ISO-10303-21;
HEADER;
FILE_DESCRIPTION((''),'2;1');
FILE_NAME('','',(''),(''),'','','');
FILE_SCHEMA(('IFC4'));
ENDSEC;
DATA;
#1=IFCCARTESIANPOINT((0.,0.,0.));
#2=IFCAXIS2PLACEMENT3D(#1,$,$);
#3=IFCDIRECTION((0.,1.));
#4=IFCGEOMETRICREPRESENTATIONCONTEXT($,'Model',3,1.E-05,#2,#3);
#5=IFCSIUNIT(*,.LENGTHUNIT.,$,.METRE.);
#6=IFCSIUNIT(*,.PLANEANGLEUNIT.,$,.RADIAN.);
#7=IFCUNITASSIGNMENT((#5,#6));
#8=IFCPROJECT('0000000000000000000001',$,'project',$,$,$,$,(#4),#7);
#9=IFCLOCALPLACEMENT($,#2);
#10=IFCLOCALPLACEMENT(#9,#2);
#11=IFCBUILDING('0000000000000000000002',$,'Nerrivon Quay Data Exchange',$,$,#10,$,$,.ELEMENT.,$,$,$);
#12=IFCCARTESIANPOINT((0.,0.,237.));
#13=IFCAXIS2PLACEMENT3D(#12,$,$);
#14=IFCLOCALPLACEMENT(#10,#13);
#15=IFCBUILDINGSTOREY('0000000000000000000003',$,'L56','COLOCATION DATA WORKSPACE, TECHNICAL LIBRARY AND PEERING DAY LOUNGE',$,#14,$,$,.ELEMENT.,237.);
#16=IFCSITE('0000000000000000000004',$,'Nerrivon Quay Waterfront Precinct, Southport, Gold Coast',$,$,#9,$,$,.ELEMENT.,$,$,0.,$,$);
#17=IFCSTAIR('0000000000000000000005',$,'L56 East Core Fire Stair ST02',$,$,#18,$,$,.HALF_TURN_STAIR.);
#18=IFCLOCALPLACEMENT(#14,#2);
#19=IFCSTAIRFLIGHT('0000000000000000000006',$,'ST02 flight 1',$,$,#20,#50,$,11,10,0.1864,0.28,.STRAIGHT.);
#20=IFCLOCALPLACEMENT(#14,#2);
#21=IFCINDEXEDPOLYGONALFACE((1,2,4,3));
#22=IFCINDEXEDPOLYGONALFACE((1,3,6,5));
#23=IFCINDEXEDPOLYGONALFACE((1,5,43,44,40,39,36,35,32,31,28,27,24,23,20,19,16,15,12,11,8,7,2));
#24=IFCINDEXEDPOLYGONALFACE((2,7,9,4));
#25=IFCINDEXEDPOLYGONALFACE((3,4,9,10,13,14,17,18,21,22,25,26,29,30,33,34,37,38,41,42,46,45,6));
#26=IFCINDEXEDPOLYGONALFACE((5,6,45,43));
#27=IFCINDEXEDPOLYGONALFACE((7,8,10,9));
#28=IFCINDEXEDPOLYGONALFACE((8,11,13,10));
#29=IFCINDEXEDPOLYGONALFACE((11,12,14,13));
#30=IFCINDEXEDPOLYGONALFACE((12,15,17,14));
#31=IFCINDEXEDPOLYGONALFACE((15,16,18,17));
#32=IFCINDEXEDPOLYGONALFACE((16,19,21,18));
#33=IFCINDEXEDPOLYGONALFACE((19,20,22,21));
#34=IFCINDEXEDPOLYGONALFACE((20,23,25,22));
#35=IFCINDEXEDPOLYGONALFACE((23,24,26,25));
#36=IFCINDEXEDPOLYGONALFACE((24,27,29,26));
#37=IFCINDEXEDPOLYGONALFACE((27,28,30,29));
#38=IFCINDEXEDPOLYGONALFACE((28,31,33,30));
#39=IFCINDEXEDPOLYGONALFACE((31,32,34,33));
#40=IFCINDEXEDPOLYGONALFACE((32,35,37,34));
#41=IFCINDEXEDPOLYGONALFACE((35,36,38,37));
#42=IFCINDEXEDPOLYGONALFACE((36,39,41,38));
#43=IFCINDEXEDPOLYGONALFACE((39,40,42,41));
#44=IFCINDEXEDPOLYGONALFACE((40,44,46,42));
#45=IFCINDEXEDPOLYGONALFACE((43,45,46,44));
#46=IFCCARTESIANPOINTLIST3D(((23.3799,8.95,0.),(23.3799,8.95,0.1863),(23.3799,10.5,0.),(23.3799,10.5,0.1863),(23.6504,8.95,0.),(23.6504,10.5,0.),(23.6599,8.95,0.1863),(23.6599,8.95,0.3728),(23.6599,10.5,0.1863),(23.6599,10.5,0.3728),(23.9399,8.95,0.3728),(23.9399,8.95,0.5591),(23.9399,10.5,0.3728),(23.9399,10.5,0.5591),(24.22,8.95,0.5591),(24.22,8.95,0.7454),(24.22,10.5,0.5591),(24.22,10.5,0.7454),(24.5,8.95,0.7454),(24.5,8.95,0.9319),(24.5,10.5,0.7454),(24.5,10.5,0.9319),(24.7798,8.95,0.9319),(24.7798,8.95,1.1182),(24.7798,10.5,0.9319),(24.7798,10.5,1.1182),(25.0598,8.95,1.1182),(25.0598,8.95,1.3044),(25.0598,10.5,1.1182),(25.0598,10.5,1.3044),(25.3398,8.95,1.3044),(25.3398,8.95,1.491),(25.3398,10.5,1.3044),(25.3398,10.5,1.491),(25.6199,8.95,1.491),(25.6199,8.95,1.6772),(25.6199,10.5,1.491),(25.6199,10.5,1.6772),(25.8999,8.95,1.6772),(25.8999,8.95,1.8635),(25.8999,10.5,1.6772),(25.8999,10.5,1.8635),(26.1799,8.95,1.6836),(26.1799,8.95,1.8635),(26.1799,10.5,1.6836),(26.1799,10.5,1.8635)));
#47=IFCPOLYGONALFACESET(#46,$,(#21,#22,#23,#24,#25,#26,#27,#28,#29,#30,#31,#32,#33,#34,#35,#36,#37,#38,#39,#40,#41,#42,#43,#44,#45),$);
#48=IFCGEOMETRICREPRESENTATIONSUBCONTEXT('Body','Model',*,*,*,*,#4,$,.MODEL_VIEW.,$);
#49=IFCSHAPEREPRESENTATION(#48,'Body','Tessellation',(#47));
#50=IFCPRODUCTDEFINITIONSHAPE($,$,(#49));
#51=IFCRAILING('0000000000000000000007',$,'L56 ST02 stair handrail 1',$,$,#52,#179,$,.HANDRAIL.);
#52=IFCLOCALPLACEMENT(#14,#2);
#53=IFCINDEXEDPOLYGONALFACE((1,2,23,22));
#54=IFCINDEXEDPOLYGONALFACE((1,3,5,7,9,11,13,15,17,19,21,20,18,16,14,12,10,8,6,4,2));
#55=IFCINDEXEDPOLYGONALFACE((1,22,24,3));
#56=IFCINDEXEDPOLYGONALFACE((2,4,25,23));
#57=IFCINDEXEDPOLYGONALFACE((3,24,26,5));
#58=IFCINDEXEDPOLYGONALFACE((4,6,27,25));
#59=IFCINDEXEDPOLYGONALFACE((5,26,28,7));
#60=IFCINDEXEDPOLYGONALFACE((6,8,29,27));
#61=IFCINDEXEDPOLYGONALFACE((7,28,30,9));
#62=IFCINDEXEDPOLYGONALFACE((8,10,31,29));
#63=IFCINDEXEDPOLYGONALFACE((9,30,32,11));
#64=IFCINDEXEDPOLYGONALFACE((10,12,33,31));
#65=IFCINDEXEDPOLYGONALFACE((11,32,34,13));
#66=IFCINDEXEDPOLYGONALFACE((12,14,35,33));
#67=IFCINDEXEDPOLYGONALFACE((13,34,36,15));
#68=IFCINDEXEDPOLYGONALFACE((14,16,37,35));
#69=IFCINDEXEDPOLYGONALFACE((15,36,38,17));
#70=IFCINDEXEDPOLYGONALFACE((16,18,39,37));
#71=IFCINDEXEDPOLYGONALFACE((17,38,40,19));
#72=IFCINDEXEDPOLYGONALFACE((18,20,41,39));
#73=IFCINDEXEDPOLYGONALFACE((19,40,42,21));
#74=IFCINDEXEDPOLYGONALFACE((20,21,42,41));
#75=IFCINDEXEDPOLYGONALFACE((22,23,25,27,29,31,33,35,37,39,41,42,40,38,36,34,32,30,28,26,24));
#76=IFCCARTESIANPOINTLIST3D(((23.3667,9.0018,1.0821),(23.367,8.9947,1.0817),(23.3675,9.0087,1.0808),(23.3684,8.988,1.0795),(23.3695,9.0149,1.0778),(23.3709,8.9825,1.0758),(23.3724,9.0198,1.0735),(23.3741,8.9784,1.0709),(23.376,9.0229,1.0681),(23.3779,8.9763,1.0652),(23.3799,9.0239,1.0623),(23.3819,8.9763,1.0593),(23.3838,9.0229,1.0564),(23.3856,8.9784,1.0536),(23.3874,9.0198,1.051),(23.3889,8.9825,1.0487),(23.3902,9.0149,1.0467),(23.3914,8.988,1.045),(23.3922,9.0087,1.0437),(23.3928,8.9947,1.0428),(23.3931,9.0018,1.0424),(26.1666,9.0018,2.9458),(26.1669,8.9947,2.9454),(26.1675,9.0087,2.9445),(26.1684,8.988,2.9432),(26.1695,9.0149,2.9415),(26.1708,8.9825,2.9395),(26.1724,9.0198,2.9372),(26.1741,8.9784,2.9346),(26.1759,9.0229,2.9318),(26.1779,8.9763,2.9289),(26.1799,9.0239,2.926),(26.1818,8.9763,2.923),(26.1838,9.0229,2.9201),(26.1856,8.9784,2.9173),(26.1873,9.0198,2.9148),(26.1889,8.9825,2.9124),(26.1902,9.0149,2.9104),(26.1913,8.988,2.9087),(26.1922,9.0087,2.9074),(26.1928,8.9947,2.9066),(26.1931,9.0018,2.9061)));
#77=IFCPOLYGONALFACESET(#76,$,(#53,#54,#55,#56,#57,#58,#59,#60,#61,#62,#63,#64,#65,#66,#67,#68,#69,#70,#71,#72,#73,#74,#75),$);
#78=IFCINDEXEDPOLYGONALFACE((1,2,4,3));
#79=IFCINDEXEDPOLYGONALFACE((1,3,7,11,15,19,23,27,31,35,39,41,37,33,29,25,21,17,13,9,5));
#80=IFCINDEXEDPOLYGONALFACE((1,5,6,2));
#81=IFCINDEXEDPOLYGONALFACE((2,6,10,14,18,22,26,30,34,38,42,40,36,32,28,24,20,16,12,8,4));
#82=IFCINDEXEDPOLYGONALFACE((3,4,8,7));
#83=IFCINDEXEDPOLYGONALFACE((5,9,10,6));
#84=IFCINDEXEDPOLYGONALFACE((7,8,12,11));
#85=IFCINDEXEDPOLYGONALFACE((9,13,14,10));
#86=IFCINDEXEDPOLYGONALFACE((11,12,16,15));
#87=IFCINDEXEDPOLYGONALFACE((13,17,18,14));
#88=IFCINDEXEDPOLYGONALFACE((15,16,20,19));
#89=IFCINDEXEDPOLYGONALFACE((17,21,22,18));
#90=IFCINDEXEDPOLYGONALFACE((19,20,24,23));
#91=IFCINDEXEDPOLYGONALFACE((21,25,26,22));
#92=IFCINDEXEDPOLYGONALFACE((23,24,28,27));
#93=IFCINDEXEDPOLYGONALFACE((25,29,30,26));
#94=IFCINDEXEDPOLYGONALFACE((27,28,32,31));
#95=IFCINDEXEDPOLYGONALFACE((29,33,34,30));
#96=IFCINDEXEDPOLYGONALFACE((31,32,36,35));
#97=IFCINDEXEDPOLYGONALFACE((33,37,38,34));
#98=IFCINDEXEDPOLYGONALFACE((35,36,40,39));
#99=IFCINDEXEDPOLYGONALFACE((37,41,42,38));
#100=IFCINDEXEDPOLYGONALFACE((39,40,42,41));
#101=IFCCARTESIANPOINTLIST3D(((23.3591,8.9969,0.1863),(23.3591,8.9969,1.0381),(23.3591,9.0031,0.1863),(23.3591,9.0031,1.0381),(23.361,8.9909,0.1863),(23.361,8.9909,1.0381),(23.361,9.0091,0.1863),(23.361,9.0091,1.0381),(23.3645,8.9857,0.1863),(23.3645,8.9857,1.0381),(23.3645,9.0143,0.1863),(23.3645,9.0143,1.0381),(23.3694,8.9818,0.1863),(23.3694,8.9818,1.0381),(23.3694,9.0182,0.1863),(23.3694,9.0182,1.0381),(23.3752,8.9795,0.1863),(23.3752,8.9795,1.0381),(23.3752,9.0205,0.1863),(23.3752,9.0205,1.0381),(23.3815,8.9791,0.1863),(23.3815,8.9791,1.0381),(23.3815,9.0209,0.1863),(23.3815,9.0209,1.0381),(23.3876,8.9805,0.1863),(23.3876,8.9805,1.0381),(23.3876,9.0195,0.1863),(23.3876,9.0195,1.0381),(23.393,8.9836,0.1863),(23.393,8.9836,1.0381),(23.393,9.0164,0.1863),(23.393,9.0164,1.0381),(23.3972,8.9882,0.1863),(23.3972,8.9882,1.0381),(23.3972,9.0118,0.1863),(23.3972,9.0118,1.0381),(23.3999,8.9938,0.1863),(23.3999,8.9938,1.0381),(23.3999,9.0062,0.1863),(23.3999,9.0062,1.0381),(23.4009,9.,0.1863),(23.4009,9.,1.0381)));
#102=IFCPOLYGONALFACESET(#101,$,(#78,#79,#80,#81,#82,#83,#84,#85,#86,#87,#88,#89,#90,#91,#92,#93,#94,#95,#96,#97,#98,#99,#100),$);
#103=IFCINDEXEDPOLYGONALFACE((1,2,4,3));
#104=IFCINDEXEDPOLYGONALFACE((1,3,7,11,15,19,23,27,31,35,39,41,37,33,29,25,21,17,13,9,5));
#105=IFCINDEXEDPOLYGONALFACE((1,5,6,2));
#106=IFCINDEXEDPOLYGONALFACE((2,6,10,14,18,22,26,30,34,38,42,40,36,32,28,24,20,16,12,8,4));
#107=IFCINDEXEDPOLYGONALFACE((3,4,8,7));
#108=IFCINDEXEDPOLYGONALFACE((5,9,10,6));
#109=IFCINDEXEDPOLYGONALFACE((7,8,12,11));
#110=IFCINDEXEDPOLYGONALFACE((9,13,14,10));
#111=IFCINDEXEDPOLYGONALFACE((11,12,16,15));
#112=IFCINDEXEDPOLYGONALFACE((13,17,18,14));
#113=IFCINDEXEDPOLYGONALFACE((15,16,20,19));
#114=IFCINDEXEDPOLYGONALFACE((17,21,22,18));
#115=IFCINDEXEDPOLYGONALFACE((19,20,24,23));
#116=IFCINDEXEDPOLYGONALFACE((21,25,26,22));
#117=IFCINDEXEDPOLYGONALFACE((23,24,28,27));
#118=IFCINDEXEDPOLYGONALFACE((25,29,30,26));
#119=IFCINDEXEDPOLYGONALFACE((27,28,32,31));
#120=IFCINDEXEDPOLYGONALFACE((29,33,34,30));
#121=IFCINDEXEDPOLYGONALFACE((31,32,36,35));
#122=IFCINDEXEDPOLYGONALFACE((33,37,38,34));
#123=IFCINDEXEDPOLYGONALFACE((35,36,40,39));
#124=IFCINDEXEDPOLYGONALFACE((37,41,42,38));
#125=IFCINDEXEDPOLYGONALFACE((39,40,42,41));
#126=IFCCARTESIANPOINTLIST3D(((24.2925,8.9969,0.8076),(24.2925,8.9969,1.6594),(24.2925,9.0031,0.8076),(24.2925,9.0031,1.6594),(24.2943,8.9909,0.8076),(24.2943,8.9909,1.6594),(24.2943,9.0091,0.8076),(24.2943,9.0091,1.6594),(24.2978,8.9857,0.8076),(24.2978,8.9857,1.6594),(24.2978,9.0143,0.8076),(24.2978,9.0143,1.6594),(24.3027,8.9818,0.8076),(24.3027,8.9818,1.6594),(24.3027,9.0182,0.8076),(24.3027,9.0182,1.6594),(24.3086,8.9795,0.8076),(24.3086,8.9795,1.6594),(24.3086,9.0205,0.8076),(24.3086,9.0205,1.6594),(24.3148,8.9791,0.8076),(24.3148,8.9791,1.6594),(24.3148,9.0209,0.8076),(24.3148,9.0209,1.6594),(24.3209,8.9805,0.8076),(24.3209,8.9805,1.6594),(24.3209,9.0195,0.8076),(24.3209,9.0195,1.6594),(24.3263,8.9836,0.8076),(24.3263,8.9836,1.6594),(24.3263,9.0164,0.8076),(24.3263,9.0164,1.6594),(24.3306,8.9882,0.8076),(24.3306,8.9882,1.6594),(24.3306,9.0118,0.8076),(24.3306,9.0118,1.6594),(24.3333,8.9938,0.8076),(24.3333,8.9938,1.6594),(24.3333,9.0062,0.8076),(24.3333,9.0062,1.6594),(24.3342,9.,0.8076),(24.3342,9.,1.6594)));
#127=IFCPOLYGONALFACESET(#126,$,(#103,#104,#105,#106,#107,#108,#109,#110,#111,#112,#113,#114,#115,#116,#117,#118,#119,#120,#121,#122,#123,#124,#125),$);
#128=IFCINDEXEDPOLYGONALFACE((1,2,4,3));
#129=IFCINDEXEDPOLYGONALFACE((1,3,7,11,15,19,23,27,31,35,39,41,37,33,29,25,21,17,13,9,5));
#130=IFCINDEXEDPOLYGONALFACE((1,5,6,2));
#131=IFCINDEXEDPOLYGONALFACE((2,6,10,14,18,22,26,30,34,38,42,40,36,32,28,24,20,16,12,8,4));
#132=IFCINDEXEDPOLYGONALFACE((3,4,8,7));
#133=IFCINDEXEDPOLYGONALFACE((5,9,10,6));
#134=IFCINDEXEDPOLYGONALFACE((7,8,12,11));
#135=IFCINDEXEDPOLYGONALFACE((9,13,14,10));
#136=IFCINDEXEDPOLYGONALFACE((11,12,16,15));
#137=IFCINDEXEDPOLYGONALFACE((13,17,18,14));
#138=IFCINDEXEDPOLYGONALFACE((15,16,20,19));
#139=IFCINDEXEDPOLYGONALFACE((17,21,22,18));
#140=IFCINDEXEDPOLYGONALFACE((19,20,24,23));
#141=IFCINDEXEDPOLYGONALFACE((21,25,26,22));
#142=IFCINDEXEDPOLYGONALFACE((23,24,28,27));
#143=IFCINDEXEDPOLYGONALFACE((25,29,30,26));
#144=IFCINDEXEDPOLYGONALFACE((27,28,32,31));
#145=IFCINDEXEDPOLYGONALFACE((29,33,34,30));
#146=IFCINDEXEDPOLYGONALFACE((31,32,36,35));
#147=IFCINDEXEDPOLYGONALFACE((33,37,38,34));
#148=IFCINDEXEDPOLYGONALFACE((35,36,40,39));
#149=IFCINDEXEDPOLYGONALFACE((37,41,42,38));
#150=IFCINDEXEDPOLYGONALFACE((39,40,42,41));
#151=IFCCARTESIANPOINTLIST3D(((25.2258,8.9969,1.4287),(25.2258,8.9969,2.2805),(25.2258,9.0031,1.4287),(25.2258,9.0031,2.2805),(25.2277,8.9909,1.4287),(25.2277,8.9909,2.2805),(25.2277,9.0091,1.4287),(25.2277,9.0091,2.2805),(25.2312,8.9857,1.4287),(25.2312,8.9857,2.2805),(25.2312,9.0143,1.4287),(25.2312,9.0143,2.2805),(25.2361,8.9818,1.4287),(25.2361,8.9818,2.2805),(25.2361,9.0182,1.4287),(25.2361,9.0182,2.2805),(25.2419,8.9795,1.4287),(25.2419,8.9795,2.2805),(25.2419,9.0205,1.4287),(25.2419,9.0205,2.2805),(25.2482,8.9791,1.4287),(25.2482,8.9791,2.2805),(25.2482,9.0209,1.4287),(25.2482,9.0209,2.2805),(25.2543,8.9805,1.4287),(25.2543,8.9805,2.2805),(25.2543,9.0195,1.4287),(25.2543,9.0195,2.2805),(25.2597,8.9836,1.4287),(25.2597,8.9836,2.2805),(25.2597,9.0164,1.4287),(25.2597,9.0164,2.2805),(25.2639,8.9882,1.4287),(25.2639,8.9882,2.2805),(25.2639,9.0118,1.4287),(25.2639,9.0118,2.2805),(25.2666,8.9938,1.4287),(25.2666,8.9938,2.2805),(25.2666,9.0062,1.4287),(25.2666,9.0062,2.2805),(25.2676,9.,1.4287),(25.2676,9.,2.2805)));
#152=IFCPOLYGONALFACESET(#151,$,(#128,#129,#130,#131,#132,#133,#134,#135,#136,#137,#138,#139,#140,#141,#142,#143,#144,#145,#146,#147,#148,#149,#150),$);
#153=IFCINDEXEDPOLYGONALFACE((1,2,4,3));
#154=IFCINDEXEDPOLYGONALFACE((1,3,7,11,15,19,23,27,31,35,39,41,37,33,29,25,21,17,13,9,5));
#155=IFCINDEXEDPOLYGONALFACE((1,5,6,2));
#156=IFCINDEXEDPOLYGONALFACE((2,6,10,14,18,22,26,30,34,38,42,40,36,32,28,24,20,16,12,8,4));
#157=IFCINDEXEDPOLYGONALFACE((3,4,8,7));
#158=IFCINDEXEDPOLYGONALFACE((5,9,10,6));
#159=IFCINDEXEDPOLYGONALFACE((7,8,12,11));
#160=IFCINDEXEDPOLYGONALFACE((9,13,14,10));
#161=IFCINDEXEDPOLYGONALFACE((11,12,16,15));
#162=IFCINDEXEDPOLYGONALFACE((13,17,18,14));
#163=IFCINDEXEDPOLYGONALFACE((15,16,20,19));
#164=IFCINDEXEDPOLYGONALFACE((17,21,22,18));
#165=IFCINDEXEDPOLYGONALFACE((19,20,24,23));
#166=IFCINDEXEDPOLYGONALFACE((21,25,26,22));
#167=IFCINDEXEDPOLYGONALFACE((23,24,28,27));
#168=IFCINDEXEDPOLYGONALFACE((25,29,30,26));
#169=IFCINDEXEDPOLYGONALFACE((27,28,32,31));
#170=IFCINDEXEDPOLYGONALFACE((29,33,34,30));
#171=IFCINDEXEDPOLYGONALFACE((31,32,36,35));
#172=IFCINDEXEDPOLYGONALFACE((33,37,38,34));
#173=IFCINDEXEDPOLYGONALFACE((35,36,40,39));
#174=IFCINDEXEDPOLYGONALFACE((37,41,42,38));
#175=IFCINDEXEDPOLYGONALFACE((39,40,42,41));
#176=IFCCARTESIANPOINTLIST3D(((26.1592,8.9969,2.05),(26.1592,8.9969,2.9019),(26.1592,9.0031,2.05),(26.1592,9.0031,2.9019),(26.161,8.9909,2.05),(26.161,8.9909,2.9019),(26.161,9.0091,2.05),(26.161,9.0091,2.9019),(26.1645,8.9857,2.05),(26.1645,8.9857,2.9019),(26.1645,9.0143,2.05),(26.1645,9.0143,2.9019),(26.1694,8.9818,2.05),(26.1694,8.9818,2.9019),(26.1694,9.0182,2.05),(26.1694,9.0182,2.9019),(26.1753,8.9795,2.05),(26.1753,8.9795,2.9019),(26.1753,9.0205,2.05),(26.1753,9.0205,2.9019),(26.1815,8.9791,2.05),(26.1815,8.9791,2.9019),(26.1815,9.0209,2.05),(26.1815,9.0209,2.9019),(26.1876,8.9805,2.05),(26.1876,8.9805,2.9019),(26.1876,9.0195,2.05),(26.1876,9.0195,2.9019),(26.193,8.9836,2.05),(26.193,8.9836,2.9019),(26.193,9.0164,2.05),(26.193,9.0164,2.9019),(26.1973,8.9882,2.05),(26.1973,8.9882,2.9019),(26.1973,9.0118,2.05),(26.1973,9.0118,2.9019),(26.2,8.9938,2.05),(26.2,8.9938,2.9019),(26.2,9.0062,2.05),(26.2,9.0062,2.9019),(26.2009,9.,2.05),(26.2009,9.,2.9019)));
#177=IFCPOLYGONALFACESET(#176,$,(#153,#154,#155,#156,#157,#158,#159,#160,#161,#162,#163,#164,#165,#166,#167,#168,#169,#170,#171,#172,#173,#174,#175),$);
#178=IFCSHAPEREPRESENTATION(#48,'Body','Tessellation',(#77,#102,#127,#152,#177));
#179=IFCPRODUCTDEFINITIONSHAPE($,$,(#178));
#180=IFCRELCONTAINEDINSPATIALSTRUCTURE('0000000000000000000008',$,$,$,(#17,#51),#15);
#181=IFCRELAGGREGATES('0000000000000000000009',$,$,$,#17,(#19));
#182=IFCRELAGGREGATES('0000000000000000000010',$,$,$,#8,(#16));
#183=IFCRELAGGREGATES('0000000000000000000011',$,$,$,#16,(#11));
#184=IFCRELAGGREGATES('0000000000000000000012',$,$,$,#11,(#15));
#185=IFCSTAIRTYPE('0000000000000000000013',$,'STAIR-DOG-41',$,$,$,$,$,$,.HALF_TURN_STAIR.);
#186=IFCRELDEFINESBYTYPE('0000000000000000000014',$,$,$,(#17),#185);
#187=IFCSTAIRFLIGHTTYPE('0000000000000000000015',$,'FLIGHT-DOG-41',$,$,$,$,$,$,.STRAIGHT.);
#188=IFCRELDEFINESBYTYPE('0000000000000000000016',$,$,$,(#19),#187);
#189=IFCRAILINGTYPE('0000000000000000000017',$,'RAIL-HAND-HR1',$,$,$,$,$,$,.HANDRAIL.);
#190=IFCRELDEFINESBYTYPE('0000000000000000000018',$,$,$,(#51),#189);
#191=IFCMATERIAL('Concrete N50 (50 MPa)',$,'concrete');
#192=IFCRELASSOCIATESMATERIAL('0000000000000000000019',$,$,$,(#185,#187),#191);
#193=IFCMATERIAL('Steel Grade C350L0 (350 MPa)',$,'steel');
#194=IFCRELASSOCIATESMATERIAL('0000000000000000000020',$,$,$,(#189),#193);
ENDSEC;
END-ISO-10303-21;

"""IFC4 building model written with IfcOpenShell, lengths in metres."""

from ifc_helpers import new_model, si_unit, direction, frame, origin, origin_2d, place, context, subcontext, project, spatial, polyline, circle, outline, extrude, material, type_object, element, aggregate, save


model = new_model("IFC4")

# Units and contexts
model_context = context("Model", 3, precision=1e-05, world=origin(), true_north=direction((0.0, 1.0)))
body_context = subcontext(model_context, "Body", "Model", "MODEL_VIEW")
ifc_project = project(units=[si_unit("LENGTHUNIT", "METRE"), si_unit("PLANEANGLEUNIT", "RADIAN")], contexts=[model_context])

# Site, building, storey
site_placement = place(None, origin())
site = spatial("IfcSite", under=ifc_project, at=site_placement, Name="Nerrivon Quay Waterfront Precinct, Southport, Gold Coast", CompositionType="ELEMENT", RefElevation=0.0)
building_placement = place(site_placement, origin())
building = spatial("IfcBuilding", under=site, at=building_placement, Name="Nerrivon Quay Data Exchange", CompositionType="ELEMENT")
storey_placement = place(building_placement, frame((0.0, 0.0, 237.0)))
storey = spatial("IfcBuildingStorey", under=building, at=storey_placement, Name="L56", Description="COLOCATION DATA WORKSPACE, TECHNICAL LIBRARY AND PEERING DAY LOUNGE", CompositionType="ELEMENT", Elevation=237.0)

# Shared definitions
ifc_material_1 = material(Name="Concrete N50 (50 MPa)", Category="concrete")

# Stair, stair flight
stair_type = type_object("IfcStairType", Name="STAIR-DOG-41", PredefinedType="HALF_TURN_STAIR", material=ifc_material_1)
stair_placement = place(storey_placement, origin())
stair = element("IfcStair", 1, at=stair_placement, inside=storey, type_object=stair_type, Name="L56 East Core Fire Stair ST02", PredefinedType="HALF_TURN_STAIR")
stair_flight_type = type_object("IfcStairFlightType", Name="FLIGHT-DOG-41", PredefinedType="STRAIGHT", material=ifc_material_1)
stair_flight_placement = place(storey_placement, frame((23.3799, 9.7251, 0.0), z_axis=(0.0, 0.0, 1.0), x_axis=(1.0, 0.0, 0.0)))
stair_flight = element("IfcStairFlight", 2, at=stair_flight_placement, type_object=stair_flight_type, Name="ST02 flight 1", NumberOfRisers=11, NumberOfTreads=10, PredefinedType="STRAIGHT", RiserHeight=0.1864, TreadLength=0.28, context=body_context, shape_type="SweptSolid", body=[
    extrude(outline(polyline([(0.0, 0.0), (0.0, 0.1863), (0.28, 0.1863), (0.28, 0.3728), (0.5601, 0.3728), (0.5601, 0.5591), (0.8401, 0.5591), (0.8401, 0.7454), (1.1201, 0.7454), (1.1201, 0.9319), (1.3999, 0.9319), (1.3999, 1.1182), (1.6799, 1.1182), (1.6799, 1.3044), (1.96, 1.3044), (1.96, 1.491), (2.24, 1.491), (2.24, 1.6772), (2.52, 1.6772), (2.52, 1.8635), (2.8, 1.8635), (2.8, 2.05), (2.8, 1.6836), (0.2705, 0.0), (0.0, 0.0)])), frame((0.0, 0.7749, 0.0), z_axis=(0.0, -1.0, 0.0), x_axis=(1.0, 0.0, 0.0)), (0.0, 0.0, 1.0), 1.55),
])
aggregate(stair, [stair_flight])

# Railing
ifc_material_2 = material(Name="Steel Grade C350L0 (350 MPa)", Category="steel")
railing_type_1 = type_object("IfcRailingType", Name="RAIL-HAND-HR1", PredefinedType="HANDRAIL", material=ifc_material_2)
railing_1_placement = place(storey_placement, frame((23.3799, 9.0, 0.1863)))
element("IfcRailing", 3, at=railing_1_placement, inside=storey, type_object=railing_type_1, Name="L56 ST02 stair handrail 1", PredefinedType="HANDRAIL", context=body_context, shape_type="SweptSolid", body=[
    extrude(circle(Radius=0.0239, at=origin_2d()), frame((0.0, 0.0, 0.876), z_axis=(0.832452, 0.0, 0.554097), x_axis=(0.0, 1.0, 0.0)), (0.0, 0.0, 1.0), 3.3635),
    extrude(circle(Radius=0.021, at=origin_2d()), origin(), (0.0, 0.0, 1.0), 0.8518),
    extrude(circle(Radius=0.021, at=origin_2d()), frame((0.9333, 0.0, 0.6213)), (0.0, 0.0, 1.0), 0.8518),
    extrude(circle(Radius=0.021, at=origin_2d()), frame((1.8667, 0.0, 1.2424)), (0.0, 0.0, 1.0), 0.8518),
    extrude(circle(Radius=0.021, at=origin_2d()), frame((2.8, 0.0, 1.8638)), (0.0, 0.0, 1.0), 0.8518),
])

save(model, "model.ifc")
